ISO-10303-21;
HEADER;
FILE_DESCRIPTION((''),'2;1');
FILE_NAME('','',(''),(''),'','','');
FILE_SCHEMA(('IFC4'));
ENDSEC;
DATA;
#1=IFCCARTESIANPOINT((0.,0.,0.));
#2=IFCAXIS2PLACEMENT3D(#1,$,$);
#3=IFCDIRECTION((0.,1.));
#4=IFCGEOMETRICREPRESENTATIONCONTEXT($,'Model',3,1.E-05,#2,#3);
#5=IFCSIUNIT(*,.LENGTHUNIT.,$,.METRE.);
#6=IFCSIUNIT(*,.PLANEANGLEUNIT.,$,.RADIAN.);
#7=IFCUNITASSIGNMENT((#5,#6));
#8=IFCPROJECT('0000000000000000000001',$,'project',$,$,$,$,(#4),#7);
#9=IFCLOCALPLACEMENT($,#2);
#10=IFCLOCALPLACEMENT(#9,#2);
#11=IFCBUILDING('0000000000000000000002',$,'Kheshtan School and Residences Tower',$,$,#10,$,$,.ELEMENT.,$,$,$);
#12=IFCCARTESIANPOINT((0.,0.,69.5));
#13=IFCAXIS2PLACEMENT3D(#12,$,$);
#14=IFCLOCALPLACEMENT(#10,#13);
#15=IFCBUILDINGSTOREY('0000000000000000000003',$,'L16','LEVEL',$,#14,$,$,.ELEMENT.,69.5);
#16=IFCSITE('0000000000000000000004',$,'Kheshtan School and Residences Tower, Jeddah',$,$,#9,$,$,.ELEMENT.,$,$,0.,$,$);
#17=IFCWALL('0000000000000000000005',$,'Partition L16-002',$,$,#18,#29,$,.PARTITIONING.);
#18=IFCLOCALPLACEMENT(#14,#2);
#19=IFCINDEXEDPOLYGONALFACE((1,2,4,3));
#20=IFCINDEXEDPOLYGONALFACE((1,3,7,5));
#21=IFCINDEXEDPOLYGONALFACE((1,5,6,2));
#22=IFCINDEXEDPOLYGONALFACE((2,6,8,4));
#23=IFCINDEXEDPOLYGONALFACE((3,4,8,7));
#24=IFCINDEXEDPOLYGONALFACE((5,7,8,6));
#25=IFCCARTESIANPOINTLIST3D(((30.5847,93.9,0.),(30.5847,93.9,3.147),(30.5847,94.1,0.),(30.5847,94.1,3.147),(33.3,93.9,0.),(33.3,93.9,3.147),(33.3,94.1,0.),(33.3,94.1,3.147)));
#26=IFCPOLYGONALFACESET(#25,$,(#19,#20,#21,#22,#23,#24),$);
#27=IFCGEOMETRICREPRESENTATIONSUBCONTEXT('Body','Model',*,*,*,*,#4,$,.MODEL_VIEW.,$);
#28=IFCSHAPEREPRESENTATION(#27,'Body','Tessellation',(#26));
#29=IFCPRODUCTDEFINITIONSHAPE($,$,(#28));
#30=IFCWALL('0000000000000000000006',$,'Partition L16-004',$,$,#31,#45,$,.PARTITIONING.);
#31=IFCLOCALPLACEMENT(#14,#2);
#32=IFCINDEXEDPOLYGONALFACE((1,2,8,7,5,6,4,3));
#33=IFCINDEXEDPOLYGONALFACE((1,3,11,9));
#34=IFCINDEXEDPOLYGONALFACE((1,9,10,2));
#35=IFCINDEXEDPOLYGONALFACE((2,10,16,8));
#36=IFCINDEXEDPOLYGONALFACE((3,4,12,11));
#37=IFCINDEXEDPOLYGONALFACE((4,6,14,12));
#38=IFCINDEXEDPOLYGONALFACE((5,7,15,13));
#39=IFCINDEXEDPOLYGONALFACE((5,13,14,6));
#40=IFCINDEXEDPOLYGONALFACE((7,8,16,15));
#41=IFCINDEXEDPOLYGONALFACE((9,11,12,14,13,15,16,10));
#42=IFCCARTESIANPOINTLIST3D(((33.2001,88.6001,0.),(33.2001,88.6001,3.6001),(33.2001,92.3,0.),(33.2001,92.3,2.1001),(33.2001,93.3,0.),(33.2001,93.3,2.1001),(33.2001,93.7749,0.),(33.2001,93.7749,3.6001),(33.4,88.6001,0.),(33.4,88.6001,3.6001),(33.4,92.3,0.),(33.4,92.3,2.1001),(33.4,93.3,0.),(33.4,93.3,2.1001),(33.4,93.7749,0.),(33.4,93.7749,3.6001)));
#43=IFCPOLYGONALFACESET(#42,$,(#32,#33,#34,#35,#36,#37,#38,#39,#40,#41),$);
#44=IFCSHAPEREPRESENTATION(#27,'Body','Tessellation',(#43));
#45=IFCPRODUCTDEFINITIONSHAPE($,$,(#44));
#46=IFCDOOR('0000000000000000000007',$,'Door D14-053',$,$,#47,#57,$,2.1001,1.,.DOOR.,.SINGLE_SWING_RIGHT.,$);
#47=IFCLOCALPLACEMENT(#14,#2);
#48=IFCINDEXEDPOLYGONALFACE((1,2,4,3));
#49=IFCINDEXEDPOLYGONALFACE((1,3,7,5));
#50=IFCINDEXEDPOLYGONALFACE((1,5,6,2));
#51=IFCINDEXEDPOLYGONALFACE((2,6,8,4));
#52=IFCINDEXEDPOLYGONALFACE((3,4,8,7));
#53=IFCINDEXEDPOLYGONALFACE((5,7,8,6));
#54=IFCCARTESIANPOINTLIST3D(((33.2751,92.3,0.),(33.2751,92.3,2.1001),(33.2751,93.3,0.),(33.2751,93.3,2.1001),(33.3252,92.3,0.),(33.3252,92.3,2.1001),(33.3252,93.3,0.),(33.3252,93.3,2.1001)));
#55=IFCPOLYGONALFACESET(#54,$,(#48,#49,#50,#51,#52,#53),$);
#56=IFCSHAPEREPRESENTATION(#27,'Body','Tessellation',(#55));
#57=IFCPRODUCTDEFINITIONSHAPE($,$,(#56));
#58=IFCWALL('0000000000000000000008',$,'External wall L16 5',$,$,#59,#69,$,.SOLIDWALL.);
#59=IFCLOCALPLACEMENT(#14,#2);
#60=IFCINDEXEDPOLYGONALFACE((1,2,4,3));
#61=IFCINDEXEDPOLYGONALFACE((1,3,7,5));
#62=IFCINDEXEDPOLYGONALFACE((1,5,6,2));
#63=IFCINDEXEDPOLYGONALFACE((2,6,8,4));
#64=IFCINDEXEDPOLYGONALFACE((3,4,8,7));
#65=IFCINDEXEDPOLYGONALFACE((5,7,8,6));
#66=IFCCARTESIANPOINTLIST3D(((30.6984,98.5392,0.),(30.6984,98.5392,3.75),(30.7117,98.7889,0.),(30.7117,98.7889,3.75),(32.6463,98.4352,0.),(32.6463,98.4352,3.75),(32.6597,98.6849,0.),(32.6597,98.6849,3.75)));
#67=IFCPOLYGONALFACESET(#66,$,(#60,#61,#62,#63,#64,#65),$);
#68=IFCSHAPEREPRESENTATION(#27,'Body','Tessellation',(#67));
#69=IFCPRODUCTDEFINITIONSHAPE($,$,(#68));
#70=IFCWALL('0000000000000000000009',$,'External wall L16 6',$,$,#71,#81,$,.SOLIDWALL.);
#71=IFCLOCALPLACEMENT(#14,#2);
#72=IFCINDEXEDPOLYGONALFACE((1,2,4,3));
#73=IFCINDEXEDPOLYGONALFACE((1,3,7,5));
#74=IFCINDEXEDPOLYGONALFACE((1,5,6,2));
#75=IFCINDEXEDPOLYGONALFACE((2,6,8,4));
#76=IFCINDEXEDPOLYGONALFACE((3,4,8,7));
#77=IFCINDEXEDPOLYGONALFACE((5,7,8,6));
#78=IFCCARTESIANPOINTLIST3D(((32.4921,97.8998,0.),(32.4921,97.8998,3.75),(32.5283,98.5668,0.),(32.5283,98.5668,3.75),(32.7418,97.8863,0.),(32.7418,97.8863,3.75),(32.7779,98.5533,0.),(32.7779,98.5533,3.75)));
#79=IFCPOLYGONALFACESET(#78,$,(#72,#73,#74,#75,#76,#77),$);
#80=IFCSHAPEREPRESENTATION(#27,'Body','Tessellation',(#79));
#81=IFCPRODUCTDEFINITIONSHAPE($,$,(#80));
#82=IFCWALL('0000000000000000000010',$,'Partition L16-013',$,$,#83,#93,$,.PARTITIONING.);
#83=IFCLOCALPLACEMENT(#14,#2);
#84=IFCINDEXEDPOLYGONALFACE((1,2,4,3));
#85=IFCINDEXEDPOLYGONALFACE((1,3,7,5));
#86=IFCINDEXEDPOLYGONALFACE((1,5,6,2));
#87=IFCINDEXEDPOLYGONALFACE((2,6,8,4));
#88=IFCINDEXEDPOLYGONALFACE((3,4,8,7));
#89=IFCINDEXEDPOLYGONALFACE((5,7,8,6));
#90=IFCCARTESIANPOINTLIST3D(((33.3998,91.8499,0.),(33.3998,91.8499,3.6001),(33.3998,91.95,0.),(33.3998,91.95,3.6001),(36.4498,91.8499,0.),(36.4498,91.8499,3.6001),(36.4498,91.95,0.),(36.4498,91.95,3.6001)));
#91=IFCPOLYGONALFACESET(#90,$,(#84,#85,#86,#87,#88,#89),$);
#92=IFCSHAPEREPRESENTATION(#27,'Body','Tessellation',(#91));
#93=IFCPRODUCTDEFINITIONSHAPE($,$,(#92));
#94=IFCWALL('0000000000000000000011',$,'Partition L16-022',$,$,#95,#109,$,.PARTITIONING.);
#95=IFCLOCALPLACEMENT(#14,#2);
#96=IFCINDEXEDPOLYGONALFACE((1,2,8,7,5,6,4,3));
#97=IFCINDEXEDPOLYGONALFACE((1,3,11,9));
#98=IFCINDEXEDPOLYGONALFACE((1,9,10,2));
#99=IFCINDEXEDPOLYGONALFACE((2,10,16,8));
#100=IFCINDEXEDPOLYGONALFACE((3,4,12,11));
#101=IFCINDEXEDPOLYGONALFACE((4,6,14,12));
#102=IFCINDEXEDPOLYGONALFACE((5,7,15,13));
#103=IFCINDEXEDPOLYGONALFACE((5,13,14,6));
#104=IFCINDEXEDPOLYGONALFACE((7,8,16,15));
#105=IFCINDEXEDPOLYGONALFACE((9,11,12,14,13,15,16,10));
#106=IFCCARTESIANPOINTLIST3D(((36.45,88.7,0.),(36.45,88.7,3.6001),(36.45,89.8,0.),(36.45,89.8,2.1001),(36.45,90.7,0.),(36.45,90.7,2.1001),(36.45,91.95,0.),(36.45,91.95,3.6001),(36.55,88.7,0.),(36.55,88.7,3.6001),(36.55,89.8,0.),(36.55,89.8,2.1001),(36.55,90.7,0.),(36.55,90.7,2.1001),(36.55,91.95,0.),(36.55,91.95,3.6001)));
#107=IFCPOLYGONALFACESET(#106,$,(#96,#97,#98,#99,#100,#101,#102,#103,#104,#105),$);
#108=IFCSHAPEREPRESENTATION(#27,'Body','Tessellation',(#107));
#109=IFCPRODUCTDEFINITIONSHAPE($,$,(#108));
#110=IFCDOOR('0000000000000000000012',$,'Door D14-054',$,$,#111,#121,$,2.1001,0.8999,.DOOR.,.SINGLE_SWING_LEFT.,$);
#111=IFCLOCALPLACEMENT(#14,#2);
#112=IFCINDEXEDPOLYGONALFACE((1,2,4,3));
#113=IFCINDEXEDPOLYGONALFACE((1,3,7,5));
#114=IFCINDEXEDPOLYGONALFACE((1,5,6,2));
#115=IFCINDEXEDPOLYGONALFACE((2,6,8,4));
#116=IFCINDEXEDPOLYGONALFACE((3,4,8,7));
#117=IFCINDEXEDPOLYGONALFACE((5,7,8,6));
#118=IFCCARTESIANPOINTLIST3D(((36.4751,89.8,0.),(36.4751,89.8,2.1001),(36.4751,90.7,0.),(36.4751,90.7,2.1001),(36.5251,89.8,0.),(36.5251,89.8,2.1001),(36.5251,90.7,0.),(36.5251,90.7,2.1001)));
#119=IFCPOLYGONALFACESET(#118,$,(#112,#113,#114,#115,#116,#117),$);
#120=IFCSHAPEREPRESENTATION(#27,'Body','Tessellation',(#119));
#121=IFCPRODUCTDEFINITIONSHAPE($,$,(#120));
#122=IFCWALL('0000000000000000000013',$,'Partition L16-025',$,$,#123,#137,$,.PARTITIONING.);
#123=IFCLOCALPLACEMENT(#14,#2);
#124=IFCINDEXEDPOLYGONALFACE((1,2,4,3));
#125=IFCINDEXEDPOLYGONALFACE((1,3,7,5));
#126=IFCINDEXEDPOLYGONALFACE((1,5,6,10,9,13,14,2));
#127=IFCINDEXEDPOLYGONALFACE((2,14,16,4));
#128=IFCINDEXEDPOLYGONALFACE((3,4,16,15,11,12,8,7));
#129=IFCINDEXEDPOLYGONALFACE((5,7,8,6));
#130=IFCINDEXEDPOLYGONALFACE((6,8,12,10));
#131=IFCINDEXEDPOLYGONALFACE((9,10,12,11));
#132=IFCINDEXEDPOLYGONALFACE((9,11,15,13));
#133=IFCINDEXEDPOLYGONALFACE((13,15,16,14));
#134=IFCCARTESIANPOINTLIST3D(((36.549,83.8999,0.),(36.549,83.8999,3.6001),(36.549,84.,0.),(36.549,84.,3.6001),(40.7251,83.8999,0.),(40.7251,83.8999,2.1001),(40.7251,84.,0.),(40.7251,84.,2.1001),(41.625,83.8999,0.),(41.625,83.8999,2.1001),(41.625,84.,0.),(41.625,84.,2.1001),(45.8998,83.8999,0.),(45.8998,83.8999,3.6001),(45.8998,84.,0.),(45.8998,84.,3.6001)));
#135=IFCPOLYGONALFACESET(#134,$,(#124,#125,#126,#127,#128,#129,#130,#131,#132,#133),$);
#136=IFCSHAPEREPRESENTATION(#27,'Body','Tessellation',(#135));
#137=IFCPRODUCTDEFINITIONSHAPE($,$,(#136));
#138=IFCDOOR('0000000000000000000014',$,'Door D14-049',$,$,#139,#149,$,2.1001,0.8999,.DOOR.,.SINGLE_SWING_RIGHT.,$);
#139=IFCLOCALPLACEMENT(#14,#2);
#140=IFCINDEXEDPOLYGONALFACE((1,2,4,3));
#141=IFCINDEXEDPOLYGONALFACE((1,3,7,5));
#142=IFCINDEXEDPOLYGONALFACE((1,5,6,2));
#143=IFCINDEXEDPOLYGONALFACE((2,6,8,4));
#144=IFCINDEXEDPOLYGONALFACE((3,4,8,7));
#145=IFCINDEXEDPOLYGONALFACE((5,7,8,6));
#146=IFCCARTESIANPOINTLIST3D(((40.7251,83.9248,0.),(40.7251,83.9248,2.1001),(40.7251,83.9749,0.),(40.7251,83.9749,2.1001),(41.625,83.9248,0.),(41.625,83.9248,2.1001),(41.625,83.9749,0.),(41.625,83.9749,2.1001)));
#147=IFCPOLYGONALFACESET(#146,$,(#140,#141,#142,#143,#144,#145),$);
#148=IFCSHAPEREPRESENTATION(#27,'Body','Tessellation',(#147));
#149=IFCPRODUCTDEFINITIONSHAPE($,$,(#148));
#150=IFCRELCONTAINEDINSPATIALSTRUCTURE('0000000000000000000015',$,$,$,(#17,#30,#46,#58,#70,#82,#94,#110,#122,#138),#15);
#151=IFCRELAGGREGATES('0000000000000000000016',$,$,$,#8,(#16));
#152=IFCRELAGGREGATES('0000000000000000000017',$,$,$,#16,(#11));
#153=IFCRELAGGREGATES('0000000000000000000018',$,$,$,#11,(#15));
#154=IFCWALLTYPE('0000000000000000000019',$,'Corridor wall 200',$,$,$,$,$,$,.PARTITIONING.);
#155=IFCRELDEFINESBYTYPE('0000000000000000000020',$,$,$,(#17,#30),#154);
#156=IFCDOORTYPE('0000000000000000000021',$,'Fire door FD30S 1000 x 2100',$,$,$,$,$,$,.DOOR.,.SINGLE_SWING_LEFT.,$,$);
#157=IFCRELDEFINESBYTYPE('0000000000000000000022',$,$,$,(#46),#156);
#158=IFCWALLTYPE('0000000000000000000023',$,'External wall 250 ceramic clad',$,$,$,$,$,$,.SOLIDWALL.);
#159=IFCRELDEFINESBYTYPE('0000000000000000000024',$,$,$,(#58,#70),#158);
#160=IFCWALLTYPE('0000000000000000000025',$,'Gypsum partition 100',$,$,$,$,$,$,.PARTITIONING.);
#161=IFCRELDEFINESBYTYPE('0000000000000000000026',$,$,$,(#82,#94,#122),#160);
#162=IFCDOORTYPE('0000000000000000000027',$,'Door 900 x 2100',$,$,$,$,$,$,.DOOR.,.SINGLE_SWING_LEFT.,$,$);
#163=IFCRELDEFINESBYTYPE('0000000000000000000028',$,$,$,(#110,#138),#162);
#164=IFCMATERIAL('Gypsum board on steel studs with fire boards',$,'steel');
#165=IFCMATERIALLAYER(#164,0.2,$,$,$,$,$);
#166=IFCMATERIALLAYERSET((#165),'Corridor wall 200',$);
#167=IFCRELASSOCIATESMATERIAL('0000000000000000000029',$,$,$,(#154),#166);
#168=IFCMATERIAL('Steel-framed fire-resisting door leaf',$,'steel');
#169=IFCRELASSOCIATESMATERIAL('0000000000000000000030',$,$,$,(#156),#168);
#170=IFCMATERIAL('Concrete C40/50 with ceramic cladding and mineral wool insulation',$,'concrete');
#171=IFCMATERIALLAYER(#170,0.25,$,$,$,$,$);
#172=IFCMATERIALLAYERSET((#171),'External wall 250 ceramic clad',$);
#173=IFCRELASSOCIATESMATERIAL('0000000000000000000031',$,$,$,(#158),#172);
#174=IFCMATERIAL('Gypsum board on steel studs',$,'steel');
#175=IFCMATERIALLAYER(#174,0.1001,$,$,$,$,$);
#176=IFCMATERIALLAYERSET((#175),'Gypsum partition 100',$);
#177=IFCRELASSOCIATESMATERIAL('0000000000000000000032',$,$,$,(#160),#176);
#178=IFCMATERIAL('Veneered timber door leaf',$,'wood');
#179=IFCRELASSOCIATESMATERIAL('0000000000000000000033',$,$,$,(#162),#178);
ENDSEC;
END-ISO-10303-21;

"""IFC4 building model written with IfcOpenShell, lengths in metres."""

from ifc_helpers import new_model, si_unit, direction, frame, frame_2d, origin, place, context, subcontext, project, spatial, rectangle, extrude, source, transform, mapped, material, layer, layer_set, type_object, element, fill, save


model = new_model("IFC4")

# Units and contexts
model_context = context("Model", 3, precision=1e-05, world=origin(), true_north=direction((0.0, 1.0)))
body_context = subcontext(model_context, "Body", "Model", "MODEL_VIEW")
ifc_project = project(units=[si_unit("LENGTHUNIT", "METRE"), si_unit("PLANEANGLEUNIT", "RADIAN")], contexts=[model_context])

# Site, building, storey
site_placement = place(None, origin())
site = spatial("IfcSite", under=ifc_project, at=site_placement, Name="Kheshtan School and Residences Tower, Jeddah", CompositionType="ELEMENT", RefElevation=0.0)
building_placement = place(site_placement, origin())
building = spatial("IfcBuilding", under=site, at=building_placement, Name="Kheshtan School and Residences Tower", CompositionType="ELEMENT")
storey_placement = place(building_placement, frame((0.0, 0.0, 69.5)))
storey = spatial("IfcBuildingStorey", under=building, at=storey_placement, Name="L16", Description="LEVEL", CompositionType="ELEMENT", Elevation=69.5)

# Wall
ifc_material_1 = material(Name="Gypsum board on steel studs with fire boards", Category="steel")
ifc_layer_1 = layer(ifc_material_1, 0.2)
ifc_layer_set_1 = layer_set([ifc_layer_1], Name="Corridor wall 200")
wall_type_1 = type_object("IfcWallType", Name="Corridor wall 200", PredefinedType="PARTITIONING", material=ifc_layer_set_1)
wall_1_placement = place(storey_placement, frame((30.5847, 94.0, 0.0), z_axis=(0.0, 0.0, 1.0), x_axis=(1.0, 0.0, 0.0)))
element("IfcWall", 1, at=wall_1_placement, inside=storey, type_object=wall_type_1, Name="Partition L16-002", PredefinedType="PARTITIONING", context=body_context, shape_type="SweptSolid", body=[
    extrude(rectangle(XDim=2.7153, YDim=0.2, at=frame_2d((1.3577, 0.0))), origin(), (0.0, 0.0, 1.0), 3.147),
])

# Wall, opening, door
wall_2_placement = place(storey_placement, frame((33.3, 88.6001, 0.0), z_axis=(0.0, 0.0, 1.0), x_axis=(0.0, 1.0, 0.0)))
wall_2 = element("IfcWall", 2, at=wall_2_placement, inside=storey, type_object=wall_type_1, Name="Partition L16-004", PredefinedType="PARTITIONING", context=body_context, shape_type="SweptSolid", body=[
    extrude(rectangle(XDim=5.1748, YDim=0.2, at=frame_2d((2.5874, 0.0))), origin(), (0.0, 0.0, 1.0), 3.6001),
])
opening_1_placement = place(wall_2_placement, frame((3.7, 0.0, 0.0)))
opening_1 = element("IfcOpeningElement", 3, at=opening_1_placement, cuts=wall_2, PredefinedType="OPENING", context=body_context, shape_type="SweptSolid", body=[
    extrude(rectangle(XDim=1.0, YDim=2.1001, at=frame_2d((0.5, 1.05))), frame((0.0, 0.1099, 0.0), z_axis=(0.0, -1.0, 0.0), x_axis=(1.0, 0.0, 0.0)), (0.0, 0.0, 1.0), 0.22),
])
ifc_material_2 = material(Name="Steel-framed fire-resisting door leaf", Category="steel")
door_type_1 = type_object("IfcDoorType", Name="Fire door FD30S 1000 x 2100", OperationType="SINGLE_SWING_LEFT", PredefinedType="DOOR", material=ifc_material_2)
shared_shape_1 = source(origin(), body_context, "Body", "SweptSolid", [
    extrude(rectangle(XDim=1.0, YDim=2.1001, at=frame_2d((0.5, 1.05))), frame((0.0, 0.0249, 0.0), z_axis=(0.0, -1.0, 0.0), x_axis=(1.0, 0.0, 0.0)), (0.0, 0.0, 1.0), 0.05),
])
door_1_placement = place(opening_1_placement, origin())
door_1 = element("IfcDoor", 4, at=door_1_placement, inside=storey, type_object=door_type_1, Name="Door D14-053", OperationType="SINGLE_SWING_RIGHT", OverallHeight=2.1001, OverallWidth=1.0, PredefinedType="DOOR", context=body_context, shape_type="MappedRepresentation", body=[
    mapped(shared_shape_1, transform((0.0, 0.0, 0.0), x_axis=(1.0, 0.0, 0.0), y_axis=(0.0, 1.0, 0.0), z_axis=(0.0, 0.0, 1.0), scale=1.0)),
])
fill(opening_1, door_1)

# Walls
ifc_material_3 = material(Name="Concrete C40/50 with ceramic cladding and mineral wool insulation", Category="concrete")
ifc_layer_2 = layer(ifc_material_3, 0.25)
ifc_layer_set_2 = layer_set([ifc_layer_2], Name="External wall 250 ceramic clad")
wall_type_2 = type_object("IfcWallType", Name="External wall 250 ceramic clad", PredefinedType="SOLIDWALL", material=ifc_layer_set_2)
wall_3_placement = place(storey_placement, frame((30.7051, 98.6641, 0.0), z_axis=(0.0, 0.0, 1.0), x_axis=(0.998578, -0.053314, 0.0)))
element("IfcWall", 5, at=wall_3_placement, inside=storey, type_object=wall_type_2, Name="External wall L16 5", PredefinedType="SOLIDWALL", context=body_context, shape_type="SweptSolid", body=[
    extrude(rectangle(XDim=1.9507, YDim=0.25, at=frame_2d((0.9753, 0.0))), origin(), (0.0, 0.0, 1.0), 3.75),
])
wall_4_placement = place(storey_placement, frame((32.6531, 98.5601, 0.0), z_axis=(0.0, 0.0, 1.0), x_axis=(-0.054093, -0.998536, 0.0)))
element("IfcWall", 6, at=wall_4_placement, inside=storey, type_object=wall_type_2, Name="External wall L16 6", PredefinedType="SOLIDWALL", context=body_context, shape_type="SweptSolid", body=[
    extrude(rectangle(XDim=0.668, YDim=0.25, at=frame_2d((0.334, 0.0))), origin(), (0.0, 0.0, 1.0), 3.75),
])
ifc_material_4 = material(Name="Gypsum board on steel studs", Category="steel")
ifc_layer_3 = layer(ifc_material_4, 0.1001)
ifc_layer_set_3 = layer_set([ifc_layer_3], Name="Gypsum partition 100")
wall_type_3 = type_object("IfcWallType", Name="Gypsum partition 100", PredefinedType="PARTITIONING", material=ifc_layer_set_3)
wall_5_placement = place(storey_placement, frame((33.3999, 91.8999, 0.0), z_axis=(0.0, 0.0, 1.0), x_axis=(1.0, 0.0, 0.0)))
element("IfcWall", 7, at=wall_5_placement, inside=storey, type_object=wall_type_3, Name="Partition L16-013", PredefinedType="PARTITIONING", context=body_context, shape_type="SweptSolid", body=[
    extrude(rectangle(XDim=3.05, YDim=0.1001, at=frame_2d((1.5249, 0.0))), origin(), (0.0, 0.0, 1.0), 3.6001),
])

# Walls, openings, doors
wall_6_placement = place(storey_placement, frame((36.5, 88.7, 0.0), z_axis=(0.0, 0.0, 1.0), x_axis=(0.0, 1.0, 0.0)))
wall_6 = element("IfcWall", 8, at=wall_6_placement, inside=storey, type_object=wall_type_3, Name="Partition L16-022", PredefinedType="PARTITIONING", context=body_context, shape_type="SweptSolid", body=[
    extrude(rectangle(XDim=3.25, YDim=0.1001, at=frame_2d((1.625, 0.0))), origin(), (0.0, 0.0, 1.0), 3.6001),
])
opening_2_placement = place(wall_6_placement, frame((1.1001, 0.0, 0.0)))
opening_2 = element("IfcOpeningElement", 9, at=opening_2_placement, cuts=wall_6, PredefinedType="OPENING", context=body_context, shape_type="SweptSolid", body=[
    extrude(rectangle(XDim=0.8999, YDim=2.1001, at=frame_2d((0.45, 1.05))), frame((0.0, 0.0601, 0.0), z_axis=(0.0, -1.0, 0.0), x_axis=(1.0, 0.0, 0.0)), (0.0, 0.0, 1.0), 0.1201),
])
ifc_material_5 = material(Name="Veneered timber door leaf", Category="wood")
door_type_2 = type_object("IfcDoorType", Name="Door 900 x 2100", OperationType="SINGLE_SWING_LEFT", PredefinedType="DOOR", material=ifc_material_5)
shared_shape_2 = source(origin(), body_context, "Body", "SweptSolid", [
    extrude(rectangle(XDim=0.8999, YDim=2.1001, at=frame_2d((0.45, 1.05))), frame((0.0, 0.0249, 0.0), z_axis=(0.0, -1.0, 0.0), x_axis=(1.0, 0.0, 0.0)), (0.0, 0.0, 1.0), 0.05),
])
door_2_placement = place(opening_2_placement, origin())
door_2 = element("IfcDoor", 10, at=door_2_placement, inside=storey, type_object=door_type_2, Name="Door D14-054", OperationType="SINGLE_SWING_LEFT", OverallHeight=2.1001, OverallWidth=0.8999, PredefinedType="DOOR", context=body_context, shape_type="MappedRepresentation", body=[
    mapped(shared_shape_2, transform((0.0, 0.0, 0.0), x_axis=(1.0, 0.0, 0.0), y_axis=(0.0, 1.0, 0.0), z_axis=(0.0, 0.0, 1.0), scale=1.0)),
])
fill(opening_2, door_2)
wall_7_placement = place(storey_placement, frame((36.5491, 83.95, 0.0), z_axis=(0.0, 0.0, 1.0), x_axis=(1.0, 0.0, 0.0)))
wall_7 = element("IfcWall", 11, at=wall_7_placement, inside=storey, type_object=wall_type_3, Name="Partition L16-025", PredefinedType="PARTITIONING", context=body_context, shape_type="SweptSolid", body=[
    extrude(rectangle(XDim=9.3508, YDim=0.1001, at=frame_2d((4.6753, 0.0))), origin(), (0.0, 0.0, 1.0), 3.6001),
])
opening_3_placement = place(wall_7_placement, frame((4.176, 0.0, 0.0)))
opening_3 = element("IfcOpeningElement", 12, at=opening_3_placement, cuts=wall_7, PredefinedType="OPENING", context=body_context, shape_type="SweptSolid", body=[
    extrude(rectangle(XDim=0.8999, YDim=2.1001, at=frame_2d((0.45, 1.05))), frame((0.0, 0.0601, 0.0), z_axis=(0.0, -1.0, 0.0), x_axis=(1.0, 0.0, 0.0)), (0.0, 0.0, 1.0), 0.1201),
])
door_3_placement = place(opening_3_placement, origin())
door_3 = element("IfcDoor", 13, at=door_3_placement, inside=storey, type_object=door_type_2, Name="Door D14-049", OperationType="SINGLE_SWING_RIGHT", OverallHeight=2.1001, OverallWidth=0.8999, PredefinedType="DOOR", context=body_context, shape_type="MappedRepresentation", body=[
    mapped(shared_shape_2, transform((0.0, 0.0, 0.0), x_axis=(1.0, 0.0, 0.0), y_axis=(0.0, 1.0, 0.0), z_axis=(0.0, 0.0, 1.0), scale=1.0)),
])
fill(opening_3, door_3)

save(model, "model.ifc")
